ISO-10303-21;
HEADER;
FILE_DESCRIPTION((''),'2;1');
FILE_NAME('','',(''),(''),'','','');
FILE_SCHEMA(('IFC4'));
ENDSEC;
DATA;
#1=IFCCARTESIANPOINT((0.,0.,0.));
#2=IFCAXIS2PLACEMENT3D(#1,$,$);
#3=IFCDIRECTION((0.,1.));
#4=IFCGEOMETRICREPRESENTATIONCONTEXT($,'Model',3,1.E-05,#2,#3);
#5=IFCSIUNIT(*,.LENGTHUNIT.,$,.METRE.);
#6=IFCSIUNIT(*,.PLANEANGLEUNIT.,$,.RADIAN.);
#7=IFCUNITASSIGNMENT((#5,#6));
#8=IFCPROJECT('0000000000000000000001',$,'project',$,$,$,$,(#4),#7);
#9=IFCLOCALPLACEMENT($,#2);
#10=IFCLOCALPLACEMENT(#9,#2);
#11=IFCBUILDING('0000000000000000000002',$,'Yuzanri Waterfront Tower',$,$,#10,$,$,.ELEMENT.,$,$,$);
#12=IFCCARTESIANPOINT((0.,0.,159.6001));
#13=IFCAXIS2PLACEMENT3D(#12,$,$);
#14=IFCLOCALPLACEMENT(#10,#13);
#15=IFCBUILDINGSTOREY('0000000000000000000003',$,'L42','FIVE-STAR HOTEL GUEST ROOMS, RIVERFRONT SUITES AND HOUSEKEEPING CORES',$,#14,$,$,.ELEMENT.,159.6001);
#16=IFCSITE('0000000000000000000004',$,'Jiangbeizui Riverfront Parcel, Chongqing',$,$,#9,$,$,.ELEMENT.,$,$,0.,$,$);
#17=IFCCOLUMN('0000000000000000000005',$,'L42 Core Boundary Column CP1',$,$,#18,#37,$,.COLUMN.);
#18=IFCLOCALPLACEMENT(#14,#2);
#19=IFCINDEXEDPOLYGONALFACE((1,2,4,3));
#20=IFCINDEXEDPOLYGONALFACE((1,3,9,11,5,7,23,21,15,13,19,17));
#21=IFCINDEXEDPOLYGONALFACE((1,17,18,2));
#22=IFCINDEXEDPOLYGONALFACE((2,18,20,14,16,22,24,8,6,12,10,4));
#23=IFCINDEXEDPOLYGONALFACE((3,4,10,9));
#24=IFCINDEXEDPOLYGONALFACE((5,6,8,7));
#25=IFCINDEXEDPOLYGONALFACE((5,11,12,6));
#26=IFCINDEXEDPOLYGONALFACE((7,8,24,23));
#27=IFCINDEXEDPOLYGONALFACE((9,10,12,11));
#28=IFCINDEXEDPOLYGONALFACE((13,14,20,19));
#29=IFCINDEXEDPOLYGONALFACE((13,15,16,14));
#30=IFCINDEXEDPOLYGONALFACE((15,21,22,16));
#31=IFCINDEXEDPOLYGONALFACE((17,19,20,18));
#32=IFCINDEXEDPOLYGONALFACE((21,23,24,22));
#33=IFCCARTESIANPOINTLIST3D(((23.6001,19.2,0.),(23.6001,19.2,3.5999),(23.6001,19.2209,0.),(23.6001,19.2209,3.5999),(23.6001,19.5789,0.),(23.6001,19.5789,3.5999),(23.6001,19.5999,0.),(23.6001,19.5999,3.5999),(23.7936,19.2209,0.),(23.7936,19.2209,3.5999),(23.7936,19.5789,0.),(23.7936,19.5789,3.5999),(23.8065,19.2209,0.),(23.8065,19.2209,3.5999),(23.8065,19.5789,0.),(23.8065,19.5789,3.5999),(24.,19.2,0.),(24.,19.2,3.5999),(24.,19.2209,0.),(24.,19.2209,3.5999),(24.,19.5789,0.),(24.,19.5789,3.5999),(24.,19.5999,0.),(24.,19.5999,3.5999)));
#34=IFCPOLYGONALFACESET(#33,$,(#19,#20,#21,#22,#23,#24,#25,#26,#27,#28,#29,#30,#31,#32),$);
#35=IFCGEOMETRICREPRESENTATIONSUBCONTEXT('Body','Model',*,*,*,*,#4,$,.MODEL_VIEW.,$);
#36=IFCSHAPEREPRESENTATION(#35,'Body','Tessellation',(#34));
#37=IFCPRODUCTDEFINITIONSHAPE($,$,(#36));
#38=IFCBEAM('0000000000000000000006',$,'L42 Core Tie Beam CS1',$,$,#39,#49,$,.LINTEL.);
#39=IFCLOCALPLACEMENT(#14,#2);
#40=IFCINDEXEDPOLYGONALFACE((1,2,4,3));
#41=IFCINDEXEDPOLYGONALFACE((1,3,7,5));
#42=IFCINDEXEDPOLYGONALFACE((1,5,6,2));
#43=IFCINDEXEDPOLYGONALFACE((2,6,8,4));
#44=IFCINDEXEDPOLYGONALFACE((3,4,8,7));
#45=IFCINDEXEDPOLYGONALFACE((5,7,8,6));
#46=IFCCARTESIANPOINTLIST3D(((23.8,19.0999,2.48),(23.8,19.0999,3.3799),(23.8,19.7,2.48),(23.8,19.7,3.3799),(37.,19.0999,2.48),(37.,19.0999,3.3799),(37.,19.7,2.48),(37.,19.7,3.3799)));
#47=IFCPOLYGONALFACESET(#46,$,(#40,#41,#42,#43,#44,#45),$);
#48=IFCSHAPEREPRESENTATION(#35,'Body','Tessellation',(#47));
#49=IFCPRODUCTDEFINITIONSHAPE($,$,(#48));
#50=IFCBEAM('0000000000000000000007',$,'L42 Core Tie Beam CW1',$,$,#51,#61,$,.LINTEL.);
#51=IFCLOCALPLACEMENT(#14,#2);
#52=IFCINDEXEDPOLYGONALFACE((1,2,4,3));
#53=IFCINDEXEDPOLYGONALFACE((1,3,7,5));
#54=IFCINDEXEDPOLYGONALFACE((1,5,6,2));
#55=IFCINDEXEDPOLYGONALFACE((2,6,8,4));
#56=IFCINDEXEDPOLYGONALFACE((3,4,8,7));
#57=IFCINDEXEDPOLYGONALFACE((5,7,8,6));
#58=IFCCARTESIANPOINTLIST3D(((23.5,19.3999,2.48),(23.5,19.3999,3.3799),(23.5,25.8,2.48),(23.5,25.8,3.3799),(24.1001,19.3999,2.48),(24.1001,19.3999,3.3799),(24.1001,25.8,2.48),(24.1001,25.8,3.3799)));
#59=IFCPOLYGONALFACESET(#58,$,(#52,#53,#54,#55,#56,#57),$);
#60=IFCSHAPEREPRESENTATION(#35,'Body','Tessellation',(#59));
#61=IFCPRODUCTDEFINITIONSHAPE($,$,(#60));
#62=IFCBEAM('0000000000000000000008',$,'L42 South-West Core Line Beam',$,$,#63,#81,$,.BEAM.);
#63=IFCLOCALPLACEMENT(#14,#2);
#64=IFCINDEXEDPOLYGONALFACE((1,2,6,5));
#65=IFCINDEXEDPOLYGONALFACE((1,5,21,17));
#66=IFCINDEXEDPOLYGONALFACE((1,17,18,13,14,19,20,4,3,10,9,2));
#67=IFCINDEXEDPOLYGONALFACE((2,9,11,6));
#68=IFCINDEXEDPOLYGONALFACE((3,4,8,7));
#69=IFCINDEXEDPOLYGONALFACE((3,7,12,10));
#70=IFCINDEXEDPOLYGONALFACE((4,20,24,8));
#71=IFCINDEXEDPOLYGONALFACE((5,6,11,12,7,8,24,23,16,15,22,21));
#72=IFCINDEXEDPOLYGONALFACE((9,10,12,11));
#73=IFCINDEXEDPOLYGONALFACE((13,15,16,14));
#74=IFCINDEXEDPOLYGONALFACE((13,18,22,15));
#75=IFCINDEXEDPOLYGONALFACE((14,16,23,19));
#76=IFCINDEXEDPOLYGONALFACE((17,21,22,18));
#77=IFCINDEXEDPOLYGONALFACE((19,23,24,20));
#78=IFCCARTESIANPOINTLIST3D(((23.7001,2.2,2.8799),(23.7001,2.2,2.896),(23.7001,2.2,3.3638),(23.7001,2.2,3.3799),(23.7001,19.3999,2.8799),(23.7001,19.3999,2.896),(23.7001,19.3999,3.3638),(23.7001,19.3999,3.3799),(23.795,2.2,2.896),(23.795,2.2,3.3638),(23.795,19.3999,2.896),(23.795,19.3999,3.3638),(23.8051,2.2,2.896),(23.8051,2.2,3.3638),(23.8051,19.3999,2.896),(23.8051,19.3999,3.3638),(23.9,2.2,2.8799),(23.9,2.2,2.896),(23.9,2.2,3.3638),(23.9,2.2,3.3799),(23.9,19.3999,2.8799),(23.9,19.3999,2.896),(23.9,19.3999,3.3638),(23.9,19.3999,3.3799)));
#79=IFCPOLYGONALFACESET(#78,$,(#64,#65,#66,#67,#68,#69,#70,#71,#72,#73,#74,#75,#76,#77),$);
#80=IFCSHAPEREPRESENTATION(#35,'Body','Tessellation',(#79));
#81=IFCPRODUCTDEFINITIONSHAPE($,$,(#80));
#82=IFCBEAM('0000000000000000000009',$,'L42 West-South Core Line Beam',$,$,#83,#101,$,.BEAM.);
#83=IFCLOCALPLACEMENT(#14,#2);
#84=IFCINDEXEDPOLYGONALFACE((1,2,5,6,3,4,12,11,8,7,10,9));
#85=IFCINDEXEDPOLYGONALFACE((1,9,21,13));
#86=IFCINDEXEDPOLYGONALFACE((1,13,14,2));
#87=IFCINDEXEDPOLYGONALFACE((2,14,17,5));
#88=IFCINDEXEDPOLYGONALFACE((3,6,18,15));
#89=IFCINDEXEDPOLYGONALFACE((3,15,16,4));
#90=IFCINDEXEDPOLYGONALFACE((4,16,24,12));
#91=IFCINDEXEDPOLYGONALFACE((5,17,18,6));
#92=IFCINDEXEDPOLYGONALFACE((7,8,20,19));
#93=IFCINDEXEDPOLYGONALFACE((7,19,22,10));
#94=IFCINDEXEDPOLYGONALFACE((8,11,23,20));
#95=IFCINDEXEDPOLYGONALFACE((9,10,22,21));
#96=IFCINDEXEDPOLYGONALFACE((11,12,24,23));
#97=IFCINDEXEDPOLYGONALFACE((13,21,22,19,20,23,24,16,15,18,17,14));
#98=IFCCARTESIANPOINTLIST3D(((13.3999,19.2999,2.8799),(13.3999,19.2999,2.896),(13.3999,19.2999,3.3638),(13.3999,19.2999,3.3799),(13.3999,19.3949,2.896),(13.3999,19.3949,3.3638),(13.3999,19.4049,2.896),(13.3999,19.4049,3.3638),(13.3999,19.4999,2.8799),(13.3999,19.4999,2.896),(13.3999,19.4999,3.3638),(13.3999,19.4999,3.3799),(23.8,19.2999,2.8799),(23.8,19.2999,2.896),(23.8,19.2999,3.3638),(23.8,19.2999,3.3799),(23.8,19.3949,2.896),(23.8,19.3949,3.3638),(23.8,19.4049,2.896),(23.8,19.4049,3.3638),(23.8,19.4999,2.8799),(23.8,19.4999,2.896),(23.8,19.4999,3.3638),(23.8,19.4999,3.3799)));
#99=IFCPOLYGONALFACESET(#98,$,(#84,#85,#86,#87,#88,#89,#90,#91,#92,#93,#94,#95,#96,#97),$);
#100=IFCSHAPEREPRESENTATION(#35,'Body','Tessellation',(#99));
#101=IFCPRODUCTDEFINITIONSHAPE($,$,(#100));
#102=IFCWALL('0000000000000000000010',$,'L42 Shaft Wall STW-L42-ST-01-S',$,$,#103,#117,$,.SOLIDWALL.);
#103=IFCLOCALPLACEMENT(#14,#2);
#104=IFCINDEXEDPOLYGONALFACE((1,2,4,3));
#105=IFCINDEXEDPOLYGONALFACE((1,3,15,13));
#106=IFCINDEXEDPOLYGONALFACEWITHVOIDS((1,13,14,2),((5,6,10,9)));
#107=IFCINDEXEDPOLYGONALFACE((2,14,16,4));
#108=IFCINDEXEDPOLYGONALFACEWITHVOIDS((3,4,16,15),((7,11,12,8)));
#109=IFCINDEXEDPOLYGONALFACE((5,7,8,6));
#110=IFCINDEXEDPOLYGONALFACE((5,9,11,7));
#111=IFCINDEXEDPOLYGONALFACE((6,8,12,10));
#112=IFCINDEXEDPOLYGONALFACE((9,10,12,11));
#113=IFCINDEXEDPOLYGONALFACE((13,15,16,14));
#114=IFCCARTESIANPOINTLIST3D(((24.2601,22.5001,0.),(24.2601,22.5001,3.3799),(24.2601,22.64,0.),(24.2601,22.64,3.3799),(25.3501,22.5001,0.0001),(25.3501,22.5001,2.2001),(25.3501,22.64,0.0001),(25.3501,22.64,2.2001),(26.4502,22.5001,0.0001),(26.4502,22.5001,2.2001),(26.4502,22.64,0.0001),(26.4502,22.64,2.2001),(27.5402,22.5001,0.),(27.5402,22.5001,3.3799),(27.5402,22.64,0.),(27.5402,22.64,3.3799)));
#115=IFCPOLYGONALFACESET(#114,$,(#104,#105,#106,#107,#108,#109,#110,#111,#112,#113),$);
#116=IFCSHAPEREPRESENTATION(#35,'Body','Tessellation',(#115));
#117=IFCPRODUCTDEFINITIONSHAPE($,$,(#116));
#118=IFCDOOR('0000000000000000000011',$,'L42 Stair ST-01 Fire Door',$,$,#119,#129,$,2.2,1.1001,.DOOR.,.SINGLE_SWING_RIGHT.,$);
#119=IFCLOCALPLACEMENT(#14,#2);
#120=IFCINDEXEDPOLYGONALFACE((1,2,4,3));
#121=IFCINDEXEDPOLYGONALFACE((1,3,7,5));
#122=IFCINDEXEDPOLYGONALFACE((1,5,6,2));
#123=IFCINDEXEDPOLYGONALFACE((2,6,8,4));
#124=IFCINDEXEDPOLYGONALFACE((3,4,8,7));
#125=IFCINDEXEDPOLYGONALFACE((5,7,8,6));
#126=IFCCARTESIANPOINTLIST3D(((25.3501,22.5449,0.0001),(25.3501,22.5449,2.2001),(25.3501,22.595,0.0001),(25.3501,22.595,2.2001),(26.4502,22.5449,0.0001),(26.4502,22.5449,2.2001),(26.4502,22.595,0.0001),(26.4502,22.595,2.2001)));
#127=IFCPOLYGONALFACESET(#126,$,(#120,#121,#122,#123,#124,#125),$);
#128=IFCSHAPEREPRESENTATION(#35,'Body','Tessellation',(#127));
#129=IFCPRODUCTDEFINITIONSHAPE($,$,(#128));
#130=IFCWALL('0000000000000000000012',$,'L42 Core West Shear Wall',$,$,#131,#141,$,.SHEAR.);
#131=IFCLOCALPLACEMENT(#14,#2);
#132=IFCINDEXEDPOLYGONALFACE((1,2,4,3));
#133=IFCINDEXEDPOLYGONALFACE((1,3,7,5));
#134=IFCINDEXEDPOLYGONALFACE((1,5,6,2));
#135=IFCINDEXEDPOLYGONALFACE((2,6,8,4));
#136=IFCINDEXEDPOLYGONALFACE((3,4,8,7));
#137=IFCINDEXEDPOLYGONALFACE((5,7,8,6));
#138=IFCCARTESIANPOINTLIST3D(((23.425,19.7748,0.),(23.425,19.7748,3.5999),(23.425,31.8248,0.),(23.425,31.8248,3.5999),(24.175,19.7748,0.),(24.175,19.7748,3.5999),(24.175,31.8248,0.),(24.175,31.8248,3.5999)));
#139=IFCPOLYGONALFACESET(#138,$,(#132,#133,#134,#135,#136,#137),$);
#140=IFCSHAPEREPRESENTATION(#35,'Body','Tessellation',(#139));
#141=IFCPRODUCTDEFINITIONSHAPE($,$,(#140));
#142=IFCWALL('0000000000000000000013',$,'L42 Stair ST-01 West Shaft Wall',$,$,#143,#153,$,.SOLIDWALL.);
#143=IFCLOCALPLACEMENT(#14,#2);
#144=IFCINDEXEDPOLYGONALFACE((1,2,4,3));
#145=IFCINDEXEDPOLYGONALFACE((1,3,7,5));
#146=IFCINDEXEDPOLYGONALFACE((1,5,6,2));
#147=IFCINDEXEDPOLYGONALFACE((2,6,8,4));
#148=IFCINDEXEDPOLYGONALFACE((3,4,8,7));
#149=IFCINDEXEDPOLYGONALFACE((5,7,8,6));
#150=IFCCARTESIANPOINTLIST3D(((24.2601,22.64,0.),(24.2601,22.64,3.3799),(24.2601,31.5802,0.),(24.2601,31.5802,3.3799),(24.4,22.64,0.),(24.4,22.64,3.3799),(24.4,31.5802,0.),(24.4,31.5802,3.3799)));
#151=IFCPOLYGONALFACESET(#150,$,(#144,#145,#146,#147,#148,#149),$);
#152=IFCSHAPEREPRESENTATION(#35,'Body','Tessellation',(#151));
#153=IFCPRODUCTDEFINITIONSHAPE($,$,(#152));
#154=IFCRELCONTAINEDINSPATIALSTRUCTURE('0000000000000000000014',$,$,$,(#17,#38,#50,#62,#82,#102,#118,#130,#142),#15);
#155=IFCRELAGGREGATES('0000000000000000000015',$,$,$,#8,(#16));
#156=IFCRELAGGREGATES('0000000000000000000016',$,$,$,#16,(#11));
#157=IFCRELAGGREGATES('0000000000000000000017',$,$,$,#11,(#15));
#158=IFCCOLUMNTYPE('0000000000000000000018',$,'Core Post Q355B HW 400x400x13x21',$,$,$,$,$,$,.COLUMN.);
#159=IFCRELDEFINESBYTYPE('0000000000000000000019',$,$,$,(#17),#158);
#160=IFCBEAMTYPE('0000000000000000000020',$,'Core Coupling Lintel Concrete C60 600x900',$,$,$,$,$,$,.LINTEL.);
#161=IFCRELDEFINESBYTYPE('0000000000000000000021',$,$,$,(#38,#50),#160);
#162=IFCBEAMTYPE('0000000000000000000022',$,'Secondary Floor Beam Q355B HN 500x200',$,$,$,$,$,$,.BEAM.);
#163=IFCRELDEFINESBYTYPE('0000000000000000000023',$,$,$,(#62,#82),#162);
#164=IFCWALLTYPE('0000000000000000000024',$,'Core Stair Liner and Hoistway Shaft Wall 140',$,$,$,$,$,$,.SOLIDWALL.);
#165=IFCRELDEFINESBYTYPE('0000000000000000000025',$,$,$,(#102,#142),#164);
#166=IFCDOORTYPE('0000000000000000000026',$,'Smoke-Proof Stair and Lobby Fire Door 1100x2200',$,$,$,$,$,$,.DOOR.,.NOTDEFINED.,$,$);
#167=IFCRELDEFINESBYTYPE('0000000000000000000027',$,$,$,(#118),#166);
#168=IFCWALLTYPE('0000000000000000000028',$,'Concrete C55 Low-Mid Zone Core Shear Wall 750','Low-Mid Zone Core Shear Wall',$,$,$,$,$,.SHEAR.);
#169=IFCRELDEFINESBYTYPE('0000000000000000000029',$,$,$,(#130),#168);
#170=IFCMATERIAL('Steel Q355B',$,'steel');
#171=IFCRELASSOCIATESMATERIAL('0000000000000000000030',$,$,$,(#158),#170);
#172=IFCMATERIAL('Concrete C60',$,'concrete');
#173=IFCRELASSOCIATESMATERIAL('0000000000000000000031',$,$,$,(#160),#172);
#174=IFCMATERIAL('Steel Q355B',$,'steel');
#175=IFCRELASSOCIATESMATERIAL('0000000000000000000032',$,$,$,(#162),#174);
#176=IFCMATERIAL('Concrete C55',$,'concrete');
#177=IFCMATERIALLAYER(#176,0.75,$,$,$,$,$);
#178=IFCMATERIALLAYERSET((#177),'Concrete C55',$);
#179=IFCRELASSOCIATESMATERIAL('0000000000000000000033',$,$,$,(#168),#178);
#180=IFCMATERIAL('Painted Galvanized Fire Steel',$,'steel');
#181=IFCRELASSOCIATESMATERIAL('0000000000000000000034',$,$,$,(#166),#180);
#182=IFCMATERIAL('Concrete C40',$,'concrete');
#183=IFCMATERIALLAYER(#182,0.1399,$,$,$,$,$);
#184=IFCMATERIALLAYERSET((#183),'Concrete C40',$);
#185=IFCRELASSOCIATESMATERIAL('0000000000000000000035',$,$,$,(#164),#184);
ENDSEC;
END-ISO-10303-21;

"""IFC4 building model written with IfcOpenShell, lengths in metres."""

from ifc_helpers import new_model, si_unit, direction, frame, frame_2d, origin, origin_2d, place, context, subcontext, project, spatial, rectangle, i_section, extrude, source, transform, mapped, material, layer, layer_set, material_profile, profile_set, type_object, element, fill, save


model = new_model("IFC4")

# Units and contexts
model_context = context("Model", 3, precision=1e-05, world=origin(), true_north=direction((0.0, 1.0)))
body_context = subcontext(model_context, "Body", "Model", "MODEL_VIEW")
ifc_project = project(units=[si_unit("LENGTHUNIT", "METRE"), si_unit("PLANEANGLEUNIT", "RADIAN")], contexts=[model_context])

# Site, building, storey
site_placement = place(None, origin())
site = spatial("IfcSite", under=ifc_project, at=site_placement, Name="Jiangbeizui Riverfront Parcel, Chongqing", CompositionType="ELEMENT", RefElevation=0.0)
building_placement = place(site_placement, origin())
building = spatial("IfcBuilding", under=site, at=building_placement, Name="Yuzanri Waterfront Tower", CompositionType="ELEMENT")
storey_placement = place(building_placement, frame((0.0, 0.0, 159.6001)))
storey = spatial("IfcBuildingStorey", under=building, at=storey_placement, Name="L42", Description="FIVE-STAR HOTEL GUEST ROOMS, RIVERFRONT SUITES AND HOUSEKEEPING CORES", CompositionType="ELEMENT", Elevation=159.6001)

# Column
ifc_material_1 = material(Name="Steel Q355B", Category="steel")
ifc_material_profile_1 = material_profile(ifc_material_1, i_section(OverallWidth=0.3999, OverallDepth=0.3999, WebThickness=0.0129, FlangeThickness=0.021, at=origin_2d()), Name="HW 400x400x13x21")
ifc_profile_set_1 = profile_set([ifc_material_profile_1], Name="Steel Q355B")
column_type = type_object("IfcColumnType", Name="Core Post Q355B HW 400x400x13x21", PredefinedType="COLUMN", material=ifc_profile_set_1)
shared_shape_1 = source(origin(), body_context, "Body", "SweptSolid", [
    extrude(i_section(OverallWidth=0.3999, OverallDepth=0.3999, WebThickness=0.0129, FlangeThickness=0.021, at=origin_2d()), origin(), (0.0, 0.0, 1.0), 3.5999),
])
column_placement = place(storey_placement, frame((23.8, 19.3999, 0.0), z_axis=(0.0, 0.0, 1.0), x_axis=(1.0, 0.0, 0.0)))
element("IfcColumn", 1, at=column_placement, inside=storey, type_object=column_type, Name="L42 Core Boundary Column CP1", PredefinedType="COLUMN", context=body_context, shape_type="MappedRepresentation", body=[
    mapped(shared_shape_1, transform((0.0, 0.0, 0.0), scale=1.0)),
])

# Beams
ifc_material_2 = material(Name="Concrete C60", Category="concrete")
ifc_material_profile_2 = material_profile(ifc_material_2, rectangle(XDim=0.6001, YDim=0.8999, at=origin_2d()), Name="RC 600x900")
ifc_profile_set_2 = profile_set([ifc_material_profile_2], Name="Concrete C60")
beam_type_1 = type_object("IfcBeamType", Name="Core Coupling Lintel Concrete C60 600x900", PredefinedType="LINTEL", material=ifc_profile_set_2)
shared_shape_2 = source(origin(), body_context, "Body", "SweptSolid", [
    extrude(rectangle(XDim=0.6001, YDim=0.8999, at=origin_2d()), origin(), (0.0, 0.0, 1.0), 13.2),
])
beam_1_placement = place(storey_placement, frame((23.8, 19.3999, 2.9299), z_axis=(1.0, 0.0, 0.0), x_axis=(0.0, 1.0, 0.0)))
element("IfcBeam", 2, at=beam_1_placement, inside=storey, type_object=beam_type_1, Name="L42 Core Tie Beam CS1", PredefinedType="LINTEL", context=body_context, shape_type="MappedRepresentation", body=[
    mapped(shared_shape_2, transform((0.0, 0.0, 0.0), scale=1.0)),
])
shared_shape_3 = source(origin(), body_context, "Body", "SweptSolid", [
    extrude(rectangle(XDim=0.6001, YDim=0.8999, at=origin_2d()), origin(), (0.0, 0.0, 1.0), 6.4001),
])
beam_2_placement = place(storey_placement, frame((23.8, 19.3999, 2.9299), z_axis=(0.0, 1.0, 0.0), x_axis=(-1.0, 0.0, 0.0)))
element("IfcBeam", 3, at=beam_2_placement, inside=storey, type_object=beam_type_1, Name="L42 Core Tie Beam CW1", PredefinedType="LINTEL", context=body_context, shape_type="MappedRepresentation", body=[
    mapped(shared_shape_3, transform((0.0, 0.0, 0.0), scale=1.0)),
])
ifc_material_3 = material(Name="Steel Q355B", Category="steel")
ifc_material_profile_3 = material_profile(ifc_material_3, i_section(OverallWidth=0.2, OverallDepth=0.5, WebThickness=0.01, FlangeThickness=0.0161, at=origin_2d()), Name="HN 500x200x10x16")
ifc_profile_set_3 = profile_set([ifc_material_profile_3], Name="Steel Q355B")
beam_type_2 = type_object("IfcBeamType", Name="Secondary Floor Beam Q355B HN 500x200", PredefinedType="BEAM", material=ifc_profile_set_3)
shared_shape_4 = source(origin(), body_context, "Body", "SweptSolid", [
    extrude(i_section(OverallWidth=0.2, OverallDepth=0.5, WebThickness=0.01, FlangeThickness=0.0161, at=origin_2d()), origin(), (0.0, 0.0, 1.0), 17.2),
])
beam_3_placement = place(storey_placement, frame((23.8, 19.3999, 3.1299), z_axis=(0.0, -1.0, 0.0), x_axis=(1.0, 0.0, 0.0)))
element("IfcBeam", 4, at=beam_3_placement, inside=storey, type_object=beam_type_2, Name="L42 South-West Core Line Beam", PredefinedType="BEAM", context=body_context, shape_type="MappedRepresentation", body=[
    mapped(shared_shape_4, transform((0.0, 0.0, 0.0), scale=1.0)),
])
shared_shape_5 = source(origin(), body_context, "Body", "SweptSolid", [
    extrude(i_section(OverallWidth=0.2, OverallDepth=0.5, WebThickness=0.01, FlangeThickness=0.0161, at=origin_2d()), origin(), (0.0, 0.0, 1.0), 10.4001),
])
beam_4_placement = place(storey_placement, frame((23.8, 19.3999, 3.1299), z_axis=(-1.0, 0.0, 0.0), x_axis=(0.0, -1.0, 0.0)))
element("IfcBeam", 5, at=beam_4_placement, inside=storey, type_object=beam_type_2, Name="L42 West-South Core Line Beam", PredefinedType="BEAM", context=body_context, shape_type="MappedRepresentation", body=[
    mapped(shared_shape_5, transform((0.0, 0.0, 0.0), scale=1.0)),
])

# Shared definitions
ifc_material_4 = material(Name="Concrete C55", Category="concrete")
ifc_layer_1 = layer(ifc_material_4, 0.75)
ifc_layer_set_1 = layer_set([ifc_layer_1], Name="Concrete C55")
wall_type_1 = type_object("IfcWallType", Name="Concrete C55 Low-Mid Zone Core Shear Wall 750", Description="Low-Mid Zone Core Shear Wall", PredefinedType="SHEAR", material=ifc_layer_set_1)
ifc_material_5 = material(Name="Painted Galvanized Fire Steel", Category="steel")
door_type_1 = type_object("IfcDoorType", Name="Smoke-Proof Stair and Lobby Fire Door 1100x2200", OperationType="NOTDEFINED", PredefinedType="DOOR", material=ifc_material_5)
shared_shape_6 = source(origin(), body_context, "Body", "SweptSolid", [
    extrude(rectangle(XDim=1.1001, YDim=2.2, at=frame_2d((0.55, 1.1001))), frame((0.0, 0.0249, 0.0), z_axis=(0.0, -1.0, 0.0), x_axis=(1.0, 0.0, 0.0)), (0.0, 0.0, 1.0), 0.05),
])

# Wall, opening, door
ifc_material_6 = material(Name="Concrete C40", Category="concrete")
ifc_layer_2 = layer(ifc_material_6, 0.1399)
ifc_layer_set_2 = layer_set([ifc_layer_2], Name="Concrete C40")
wall_type_2 = type_object("IfcWallType", Name="Core Stair Liner and Hoistway Shaft Wall 140", PredefinedType="SOLIDWALL", material=ifc_layer_set_2)
wall_1_placement = place(storey_placement, frame((24.26, 22.5701, 0.0), z_axis=(0.0, 0.0, 1.0), x_axis=(1.0, 0.0, 0.0)))
wall_1 = element("IfcWall", 6, at=wall_1_placement, inside=storey, type_object=wall_type_2, Name="L42 Shaft Wall STW-L42-ST-01-S", PredefinedType="SOLIDWALL", context=body_context, shape_type="SweptSolid", body=[
    extrude(rectangle(XDim=3.28, YDim=0.1399, at=frame_2d((1.6401, 0.0))), origin(), (0.0, 0.0, 1.0), 3.3799),
])
opening_1_placement = place(wall_1_placement, frame((1.0901, 0.0, 0.0)))
opening_1 = element("IfcOpeningElement", 7, at=opening_1_placement, cuts=wall_1, PredefinedType="OPENING", context=body_context, shape_type="SweptSolid", body=[
    extrude(rectangle(XDim=1.1001, YDim=2.2, at=frame_2d((0.55, 1.1001))), frame((0.0, 0.085, 0.0), z_axis=(0.0, -1.0, 0.0), x_axis=(1.0, 0.0, 0.0)), (0.0, 0.0, 1.0), 0.1697),
])
door_1_placement = place(opening_1_placement, origin())
door_1 = element("IfcDoor", 8, at=door_1_placement, inside=storey, type_object=door_type_1, Name="L42 Stair ST-01 Fire Door", OperationType="SINGLE_SWING_RIGHT", OverallHeight=2.2, OverallWidth=1.1001, PredefinedType="DOOR", context=body_context, shape_type="MappedRepresentation", body=[
    mapped(shared_shape_6, transform((0.0, 0.0, 0.0), scale=1.0)),
])
fill(opening_1, door_1)

# Walls
shared_shape_7 = source(origin(), body_context, "Body", "SweptSolid", [
    extrude(rectangle(XDim=12.05, YDim=0.75, at=frame_2d((6.0249, 0.0))), origin(), (0.0, 0.0, 1.0), 3.5999),
])
wall_2_placement = place(storey_placement, frame((23.8, 19.7749, 0.0), z_axis=(0.0, 0.0, 1.0), x_axis=(0.0, 1.0, 0.0)))
element("IfcWall", 9, at=wall_2_placement, inside=storey, type_object=wall_type_1, Name="L42 Core West Shear Wall", PredefinedType="SHEAR", context=body_context, shape_type="MappedRepresentation", body=[
    mapped(shared_shape_7, transform((0.0, 0.0, 0.0), scale=1.0)),
])
shared_shape_8 = source(origin(), body_context, "Body", "SweptSolid", [
    extrude(rectangle(XDim=8.9402, YDim=0.1399, at=frame_2d((4.4702, 0.0))), origin(), (0.0, 0.0, 1.0), 3.3799),
])
wall_3_placement = place(storey_placement, frame((24.3301, 22.6399, 0.0), z_axis=(0.0, 0.0, 1.0), x_axis=(0.0, 1.0, 0.0)))
element("IfcWall", 10, at=wall_3_placement, inside=storey, type_object=wall_type_2, Name="L42 Stair ST-01 West Shaft Wall", PredefinedType="SOLIDWALL", context=body_context, shape_type="MappedRepresentation", body=[
    mapped(shared_shape_8, transform((0.0, 0.0, 0.0), scale=1.0)),
])

save(model, "model.ifc")
